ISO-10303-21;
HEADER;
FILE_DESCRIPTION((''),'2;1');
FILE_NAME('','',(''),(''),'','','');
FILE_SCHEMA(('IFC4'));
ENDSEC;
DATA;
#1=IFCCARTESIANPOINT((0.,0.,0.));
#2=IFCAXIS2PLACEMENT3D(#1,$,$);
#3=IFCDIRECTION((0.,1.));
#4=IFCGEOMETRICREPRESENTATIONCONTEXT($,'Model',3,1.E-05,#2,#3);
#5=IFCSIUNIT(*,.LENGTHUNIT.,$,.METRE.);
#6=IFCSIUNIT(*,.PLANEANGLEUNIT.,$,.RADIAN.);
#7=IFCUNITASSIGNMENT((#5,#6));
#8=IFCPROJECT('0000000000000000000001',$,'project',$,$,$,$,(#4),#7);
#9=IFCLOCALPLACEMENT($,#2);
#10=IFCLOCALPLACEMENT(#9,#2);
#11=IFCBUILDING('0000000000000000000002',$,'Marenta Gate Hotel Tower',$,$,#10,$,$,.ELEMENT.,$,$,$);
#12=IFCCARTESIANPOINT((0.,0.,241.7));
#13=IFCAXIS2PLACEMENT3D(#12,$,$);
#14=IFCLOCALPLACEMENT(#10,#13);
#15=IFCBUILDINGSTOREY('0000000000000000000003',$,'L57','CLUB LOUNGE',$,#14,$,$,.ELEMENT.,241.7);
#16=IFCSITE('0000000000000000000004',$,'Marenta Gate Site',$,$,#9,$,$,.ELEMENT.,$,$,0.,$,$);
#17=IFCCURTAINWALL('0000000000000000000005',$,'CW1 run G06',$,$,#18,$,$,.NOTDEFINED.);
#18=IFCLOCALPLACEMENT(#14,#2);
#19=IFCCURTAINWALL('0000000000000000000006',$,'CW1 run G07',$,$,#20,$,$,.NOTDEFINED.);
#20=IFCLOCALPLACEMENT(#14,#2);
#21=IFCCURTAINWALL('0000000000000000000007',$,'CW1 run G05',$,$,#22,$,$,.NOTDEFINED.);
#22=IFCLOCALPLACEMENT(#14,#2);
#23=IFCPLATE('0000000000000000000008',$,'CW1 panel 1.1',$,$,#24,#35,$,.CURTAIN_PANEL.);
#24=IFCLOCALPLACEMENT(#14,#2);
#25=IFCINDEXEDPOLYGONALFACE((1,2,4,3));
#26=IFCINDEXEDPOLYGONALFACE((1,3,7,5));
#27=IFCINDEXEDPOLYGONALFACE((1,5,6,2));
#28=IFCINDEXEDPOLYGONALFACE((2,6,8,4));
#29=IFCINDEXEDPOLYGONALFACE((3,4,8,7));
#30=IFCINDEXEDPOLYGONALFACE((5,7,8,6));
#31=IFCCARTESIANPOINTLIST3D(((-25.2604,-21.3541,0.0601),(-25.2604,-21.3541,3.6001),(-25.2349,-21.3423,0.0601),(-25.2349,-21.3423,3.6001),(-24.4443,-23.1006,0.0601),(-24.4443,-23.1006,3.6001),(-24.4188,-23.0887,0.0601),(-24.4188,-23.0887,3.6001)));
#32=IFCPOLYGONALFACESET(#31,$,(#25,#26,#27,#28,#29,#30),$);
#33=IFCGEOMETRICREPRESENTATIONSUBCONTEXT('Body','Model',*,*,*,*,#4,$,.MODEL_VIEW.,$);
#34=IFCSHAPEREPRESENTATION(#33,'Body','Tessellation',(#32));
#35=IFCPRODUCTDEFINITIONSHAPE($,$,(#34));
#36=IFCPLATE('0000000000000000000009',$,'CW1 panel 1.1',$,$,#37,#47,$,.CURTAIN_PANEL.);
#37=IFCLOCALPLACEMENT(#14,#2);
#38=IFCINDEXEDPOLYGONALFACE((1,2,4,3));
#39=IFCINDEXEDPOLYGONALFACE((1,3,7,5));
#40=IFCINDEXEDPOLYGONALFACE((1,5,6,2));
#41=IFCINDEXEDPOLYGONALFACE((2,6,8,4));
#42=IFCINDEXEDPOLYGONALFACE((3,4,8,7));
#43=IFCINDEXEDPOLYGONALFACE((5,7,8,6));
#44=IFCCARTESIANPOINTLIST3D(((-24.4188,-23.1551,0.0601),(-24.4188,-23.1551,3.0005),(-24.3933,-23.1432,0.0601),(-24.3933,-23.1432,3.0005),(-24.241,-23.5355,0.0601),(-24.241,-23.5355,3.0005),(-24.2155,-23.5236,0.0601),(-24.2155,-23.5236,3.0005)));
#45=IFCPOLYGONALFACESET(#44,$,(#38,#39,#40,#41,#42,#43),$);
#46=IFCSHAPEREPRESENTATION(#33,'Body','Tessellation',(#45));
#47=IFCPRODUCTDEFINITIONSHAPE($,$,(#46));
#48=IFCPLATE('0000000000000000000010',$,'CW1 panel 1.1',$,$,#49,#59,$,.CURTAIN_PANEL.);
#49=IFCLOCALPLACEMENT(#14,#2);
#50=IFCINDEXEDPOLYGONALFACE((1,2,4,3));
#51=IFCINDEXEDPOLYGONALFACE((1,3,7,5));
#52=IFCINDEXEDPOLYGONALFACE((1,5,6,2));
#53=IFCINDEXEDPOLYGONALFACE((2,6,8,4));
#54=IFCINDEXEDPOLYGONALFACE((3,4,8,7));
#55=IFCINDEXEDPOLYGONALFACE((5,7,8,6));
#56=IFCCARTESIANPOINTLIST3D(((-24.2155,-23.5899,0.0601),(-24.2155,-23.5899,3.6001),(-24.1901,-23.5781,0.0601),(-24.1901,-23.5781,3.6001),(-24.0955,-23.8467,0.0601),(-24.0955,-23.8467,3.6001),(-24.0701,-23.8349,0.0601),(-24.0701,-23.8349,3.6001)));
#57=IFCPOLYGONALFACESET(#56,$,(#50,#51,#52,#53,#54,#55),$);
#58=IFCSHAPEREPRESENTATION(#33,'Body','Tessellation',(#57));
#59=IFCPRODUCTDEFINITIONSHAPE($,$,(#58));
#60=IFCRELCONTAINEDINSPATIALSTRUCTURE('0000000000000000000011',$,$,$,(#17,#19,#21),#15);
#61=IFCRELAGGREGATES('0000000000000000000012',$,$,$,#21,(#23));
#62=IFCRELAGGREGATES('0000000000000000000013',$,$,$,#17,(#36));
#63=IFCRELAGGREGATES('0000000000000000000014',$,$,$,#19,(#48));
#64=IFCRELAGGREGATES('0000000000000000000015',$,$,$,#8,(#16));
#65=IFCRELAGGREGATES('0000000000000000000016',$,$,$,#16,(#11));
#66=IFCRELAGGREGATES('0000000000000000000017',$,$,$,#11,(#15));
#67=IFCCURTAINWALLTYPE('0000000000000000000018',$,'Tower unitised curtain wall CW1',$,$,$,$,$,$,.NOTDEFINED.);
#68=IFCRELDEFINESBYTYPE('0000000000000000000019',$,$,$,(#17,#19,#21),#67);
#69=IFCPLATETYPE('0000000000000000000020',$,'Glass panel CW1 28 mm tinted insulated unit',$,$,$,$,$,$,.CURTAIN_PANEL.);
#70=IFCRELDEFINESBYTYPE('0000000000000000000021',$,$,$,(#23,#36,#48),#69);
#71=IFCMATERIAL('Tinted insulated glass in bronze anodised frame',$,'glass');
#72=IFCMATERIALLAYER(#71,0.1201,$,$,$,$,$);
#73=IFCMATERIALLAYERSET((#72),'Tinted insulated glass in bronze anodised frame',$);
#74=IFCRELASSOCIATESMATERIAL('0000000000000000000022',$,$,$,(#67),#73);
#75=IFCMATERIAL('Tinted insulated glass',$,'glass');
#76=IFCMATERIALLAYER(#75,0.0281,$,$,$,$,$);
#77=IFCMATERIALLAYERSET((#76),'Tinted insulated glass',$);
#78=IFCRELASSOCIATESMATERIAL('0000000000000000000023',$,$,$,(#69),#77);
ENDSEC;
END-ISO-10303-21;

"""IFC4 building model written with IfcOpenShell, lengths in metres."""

from ifc_helpers import new_model, si_unit, direction, frame, origin, origin_2d, place, context, subcontext, project, spatial, rectangle, extrude, material, layer, layer_set, type_object, element, aggregate, save


model = new_model("IFC4")

# Units and contexts
model_context = context("Model", 3, precision=1e-05, world=origin(), true_north=direction((0.0, 1.0)))
body_context = subcontext(model_context, "Body", "Model", "MODEL_VIEW")
ifc_project = project(units=[si_unit("LENGTHUNIT", "METRE"), si_unit("PLANEANGLEUNIT", "RADIAN")], contexts=[model_context])

# Site, building, storey
site_placement = place(None, origin())
site = spatial("IfcSite", under=ifc_project, at=site_placement, Name="Marenta Gate Site", CompositionType="ELEMENT", RefElevation=0.0)
building_placement = place(site_placement, origin())
building = spatial("IfcBuilding", under=site, at=building_placement, Name="Marenta Gate Hotel Tower", CompositionType="ELEMENT")
storey_placement = place(building_placement, frame((0.0, 0.0, 241.7)))
storey = spatial("IfcBuildingStorey", under=building, at=storey_placement, Name="L57", Description="CLUB LOUNGE", CompositionType="ELEMENT", Elevation=241.7)

# Curtain walls
ifc_material_1 = material(Name="Tinted insulated glass in bronze anodised frame", Category="glass")
ifc_layer_1 = layer(ifc_material_1, 0.1201)
ifc_layer_set_1 = layer_set([ifc_layer_1], Name="Tinted insulated glass in bronze anodised frame")
curtain_wall_type = type_object("IfcCurtainWallType", Name="Tower unitised curtain wall CW1", PredefinedType="NOTDEFINED", material=ifc_layer_set_1)
curtain_wall_1_placement = place(storey_placement, origin())
curtain_wall_1 = element("IfcCurtainWall", 1, at=curtain_wall_1_placement, inside=storey, type_object=curtain_wall_type, Name="CW1 run G06", PredefinedType="NOTDEFINED")
curtain_wall_2_placement = place(storey_placement, origin())
curtain_wall_2 = element("IfcCurtainWall", 2, at=curtain_wall_2_placement, inside=storey, type_object=curtain_wall_type, Name="CW1 run G07", PredefinedType="NOTDEFINED")

# Curtain wall, plate
curtain_wall_3_placement = place(storey_placement, origin())
curtain_wall_3 = element("IfcCurtainWall", 3, at=curtain_wall_3_placement, inside=storey, type_object=curtain_wall_type, Name="CW1 run G05", PredefinedType="NOTDEFINED")
ifc_material_2 = material(Name="Tinted insulated glass", Category="glass")
ifc_layer_2 = layer(ifc_material_2, 0.0281)
ifc_layer_set_2 = layer_set([ifc_layer_2], Name="Tinted insulated glass")
plate_type = type_object("IfcPlateType", Name="Glass panel CW1 28 mm tinted insulated unit", PredefinedType="CURTAIN_PANEL", material=ifc_layer_set_2)
plate_1_placement = place(storey_placement, frame((-24.8396, -22.2214, 0.0601), z_axis=(0.0, 0.0, 1.0), x_axis=(0.423332, -0.905975, 0.0)))
plate_1 = element("IfcPlate", 4, at=plate_1_placement, type_object=plate_type, Name="CW1 panel 1.1", PredefinedType="CURTAIN_PANEL", context=body_context, shape_type="SweptSolid", body=[
    extrude(rectangle(XDim=1.9277, YDim=0.0281, at=origin_2d()), origin(), (0.0, 0.0, 1.0), 3.54),
])
aggregate(curtain_wall_3, [plate_1])

# Plates
plate_2_placement = place(storey_placement, frame((-24.3171, -23.3394, 0.0601), z_axis=(0.0, 0.0, 1.0), x_axis=(0.423387, -0.905949, 0.0)))
plate_2 = element("IfcPlate", 5, at=plate_2_placement, type_object=plate_type, Name="CW1 panel 1.1", PredefinedType="CURTAIN_PANEL", context=body_context, shape_type="SweptSolid", body=[
    extrude(rectangle(XDim=0.4199, YDim=0.0281, at=origin_2d()), origin(), (0.0, 0.0, 1.0), 2.9404),
])
aggregate(curtain_wall_1, [plate_2])
plate_3_placement = place(storey_placement, frame((-24.1428, -23.7124, 0.0601), z_axis=(0.0, 0.0, 1.0), x_axis=(0.4233, -0.90599, 0.0)))
plate_3 = element("IfcPlate", 6, at=plate_3_placement, type_object=plate_type, Name="CW1 panel 1.1", PredefinedType="CURTAIN_PANEL", context=body_context, shape_type="SweptSolid", body=[
    extrude(rectangle(XDim=0.2834, YDim=0.0281, at=origin_2d()), origin(), (0.0, 0.0, 1.0), 3.54),
])
aggregate(curtain_wall_2, [plate_3])

save(model, "model.ifc")
